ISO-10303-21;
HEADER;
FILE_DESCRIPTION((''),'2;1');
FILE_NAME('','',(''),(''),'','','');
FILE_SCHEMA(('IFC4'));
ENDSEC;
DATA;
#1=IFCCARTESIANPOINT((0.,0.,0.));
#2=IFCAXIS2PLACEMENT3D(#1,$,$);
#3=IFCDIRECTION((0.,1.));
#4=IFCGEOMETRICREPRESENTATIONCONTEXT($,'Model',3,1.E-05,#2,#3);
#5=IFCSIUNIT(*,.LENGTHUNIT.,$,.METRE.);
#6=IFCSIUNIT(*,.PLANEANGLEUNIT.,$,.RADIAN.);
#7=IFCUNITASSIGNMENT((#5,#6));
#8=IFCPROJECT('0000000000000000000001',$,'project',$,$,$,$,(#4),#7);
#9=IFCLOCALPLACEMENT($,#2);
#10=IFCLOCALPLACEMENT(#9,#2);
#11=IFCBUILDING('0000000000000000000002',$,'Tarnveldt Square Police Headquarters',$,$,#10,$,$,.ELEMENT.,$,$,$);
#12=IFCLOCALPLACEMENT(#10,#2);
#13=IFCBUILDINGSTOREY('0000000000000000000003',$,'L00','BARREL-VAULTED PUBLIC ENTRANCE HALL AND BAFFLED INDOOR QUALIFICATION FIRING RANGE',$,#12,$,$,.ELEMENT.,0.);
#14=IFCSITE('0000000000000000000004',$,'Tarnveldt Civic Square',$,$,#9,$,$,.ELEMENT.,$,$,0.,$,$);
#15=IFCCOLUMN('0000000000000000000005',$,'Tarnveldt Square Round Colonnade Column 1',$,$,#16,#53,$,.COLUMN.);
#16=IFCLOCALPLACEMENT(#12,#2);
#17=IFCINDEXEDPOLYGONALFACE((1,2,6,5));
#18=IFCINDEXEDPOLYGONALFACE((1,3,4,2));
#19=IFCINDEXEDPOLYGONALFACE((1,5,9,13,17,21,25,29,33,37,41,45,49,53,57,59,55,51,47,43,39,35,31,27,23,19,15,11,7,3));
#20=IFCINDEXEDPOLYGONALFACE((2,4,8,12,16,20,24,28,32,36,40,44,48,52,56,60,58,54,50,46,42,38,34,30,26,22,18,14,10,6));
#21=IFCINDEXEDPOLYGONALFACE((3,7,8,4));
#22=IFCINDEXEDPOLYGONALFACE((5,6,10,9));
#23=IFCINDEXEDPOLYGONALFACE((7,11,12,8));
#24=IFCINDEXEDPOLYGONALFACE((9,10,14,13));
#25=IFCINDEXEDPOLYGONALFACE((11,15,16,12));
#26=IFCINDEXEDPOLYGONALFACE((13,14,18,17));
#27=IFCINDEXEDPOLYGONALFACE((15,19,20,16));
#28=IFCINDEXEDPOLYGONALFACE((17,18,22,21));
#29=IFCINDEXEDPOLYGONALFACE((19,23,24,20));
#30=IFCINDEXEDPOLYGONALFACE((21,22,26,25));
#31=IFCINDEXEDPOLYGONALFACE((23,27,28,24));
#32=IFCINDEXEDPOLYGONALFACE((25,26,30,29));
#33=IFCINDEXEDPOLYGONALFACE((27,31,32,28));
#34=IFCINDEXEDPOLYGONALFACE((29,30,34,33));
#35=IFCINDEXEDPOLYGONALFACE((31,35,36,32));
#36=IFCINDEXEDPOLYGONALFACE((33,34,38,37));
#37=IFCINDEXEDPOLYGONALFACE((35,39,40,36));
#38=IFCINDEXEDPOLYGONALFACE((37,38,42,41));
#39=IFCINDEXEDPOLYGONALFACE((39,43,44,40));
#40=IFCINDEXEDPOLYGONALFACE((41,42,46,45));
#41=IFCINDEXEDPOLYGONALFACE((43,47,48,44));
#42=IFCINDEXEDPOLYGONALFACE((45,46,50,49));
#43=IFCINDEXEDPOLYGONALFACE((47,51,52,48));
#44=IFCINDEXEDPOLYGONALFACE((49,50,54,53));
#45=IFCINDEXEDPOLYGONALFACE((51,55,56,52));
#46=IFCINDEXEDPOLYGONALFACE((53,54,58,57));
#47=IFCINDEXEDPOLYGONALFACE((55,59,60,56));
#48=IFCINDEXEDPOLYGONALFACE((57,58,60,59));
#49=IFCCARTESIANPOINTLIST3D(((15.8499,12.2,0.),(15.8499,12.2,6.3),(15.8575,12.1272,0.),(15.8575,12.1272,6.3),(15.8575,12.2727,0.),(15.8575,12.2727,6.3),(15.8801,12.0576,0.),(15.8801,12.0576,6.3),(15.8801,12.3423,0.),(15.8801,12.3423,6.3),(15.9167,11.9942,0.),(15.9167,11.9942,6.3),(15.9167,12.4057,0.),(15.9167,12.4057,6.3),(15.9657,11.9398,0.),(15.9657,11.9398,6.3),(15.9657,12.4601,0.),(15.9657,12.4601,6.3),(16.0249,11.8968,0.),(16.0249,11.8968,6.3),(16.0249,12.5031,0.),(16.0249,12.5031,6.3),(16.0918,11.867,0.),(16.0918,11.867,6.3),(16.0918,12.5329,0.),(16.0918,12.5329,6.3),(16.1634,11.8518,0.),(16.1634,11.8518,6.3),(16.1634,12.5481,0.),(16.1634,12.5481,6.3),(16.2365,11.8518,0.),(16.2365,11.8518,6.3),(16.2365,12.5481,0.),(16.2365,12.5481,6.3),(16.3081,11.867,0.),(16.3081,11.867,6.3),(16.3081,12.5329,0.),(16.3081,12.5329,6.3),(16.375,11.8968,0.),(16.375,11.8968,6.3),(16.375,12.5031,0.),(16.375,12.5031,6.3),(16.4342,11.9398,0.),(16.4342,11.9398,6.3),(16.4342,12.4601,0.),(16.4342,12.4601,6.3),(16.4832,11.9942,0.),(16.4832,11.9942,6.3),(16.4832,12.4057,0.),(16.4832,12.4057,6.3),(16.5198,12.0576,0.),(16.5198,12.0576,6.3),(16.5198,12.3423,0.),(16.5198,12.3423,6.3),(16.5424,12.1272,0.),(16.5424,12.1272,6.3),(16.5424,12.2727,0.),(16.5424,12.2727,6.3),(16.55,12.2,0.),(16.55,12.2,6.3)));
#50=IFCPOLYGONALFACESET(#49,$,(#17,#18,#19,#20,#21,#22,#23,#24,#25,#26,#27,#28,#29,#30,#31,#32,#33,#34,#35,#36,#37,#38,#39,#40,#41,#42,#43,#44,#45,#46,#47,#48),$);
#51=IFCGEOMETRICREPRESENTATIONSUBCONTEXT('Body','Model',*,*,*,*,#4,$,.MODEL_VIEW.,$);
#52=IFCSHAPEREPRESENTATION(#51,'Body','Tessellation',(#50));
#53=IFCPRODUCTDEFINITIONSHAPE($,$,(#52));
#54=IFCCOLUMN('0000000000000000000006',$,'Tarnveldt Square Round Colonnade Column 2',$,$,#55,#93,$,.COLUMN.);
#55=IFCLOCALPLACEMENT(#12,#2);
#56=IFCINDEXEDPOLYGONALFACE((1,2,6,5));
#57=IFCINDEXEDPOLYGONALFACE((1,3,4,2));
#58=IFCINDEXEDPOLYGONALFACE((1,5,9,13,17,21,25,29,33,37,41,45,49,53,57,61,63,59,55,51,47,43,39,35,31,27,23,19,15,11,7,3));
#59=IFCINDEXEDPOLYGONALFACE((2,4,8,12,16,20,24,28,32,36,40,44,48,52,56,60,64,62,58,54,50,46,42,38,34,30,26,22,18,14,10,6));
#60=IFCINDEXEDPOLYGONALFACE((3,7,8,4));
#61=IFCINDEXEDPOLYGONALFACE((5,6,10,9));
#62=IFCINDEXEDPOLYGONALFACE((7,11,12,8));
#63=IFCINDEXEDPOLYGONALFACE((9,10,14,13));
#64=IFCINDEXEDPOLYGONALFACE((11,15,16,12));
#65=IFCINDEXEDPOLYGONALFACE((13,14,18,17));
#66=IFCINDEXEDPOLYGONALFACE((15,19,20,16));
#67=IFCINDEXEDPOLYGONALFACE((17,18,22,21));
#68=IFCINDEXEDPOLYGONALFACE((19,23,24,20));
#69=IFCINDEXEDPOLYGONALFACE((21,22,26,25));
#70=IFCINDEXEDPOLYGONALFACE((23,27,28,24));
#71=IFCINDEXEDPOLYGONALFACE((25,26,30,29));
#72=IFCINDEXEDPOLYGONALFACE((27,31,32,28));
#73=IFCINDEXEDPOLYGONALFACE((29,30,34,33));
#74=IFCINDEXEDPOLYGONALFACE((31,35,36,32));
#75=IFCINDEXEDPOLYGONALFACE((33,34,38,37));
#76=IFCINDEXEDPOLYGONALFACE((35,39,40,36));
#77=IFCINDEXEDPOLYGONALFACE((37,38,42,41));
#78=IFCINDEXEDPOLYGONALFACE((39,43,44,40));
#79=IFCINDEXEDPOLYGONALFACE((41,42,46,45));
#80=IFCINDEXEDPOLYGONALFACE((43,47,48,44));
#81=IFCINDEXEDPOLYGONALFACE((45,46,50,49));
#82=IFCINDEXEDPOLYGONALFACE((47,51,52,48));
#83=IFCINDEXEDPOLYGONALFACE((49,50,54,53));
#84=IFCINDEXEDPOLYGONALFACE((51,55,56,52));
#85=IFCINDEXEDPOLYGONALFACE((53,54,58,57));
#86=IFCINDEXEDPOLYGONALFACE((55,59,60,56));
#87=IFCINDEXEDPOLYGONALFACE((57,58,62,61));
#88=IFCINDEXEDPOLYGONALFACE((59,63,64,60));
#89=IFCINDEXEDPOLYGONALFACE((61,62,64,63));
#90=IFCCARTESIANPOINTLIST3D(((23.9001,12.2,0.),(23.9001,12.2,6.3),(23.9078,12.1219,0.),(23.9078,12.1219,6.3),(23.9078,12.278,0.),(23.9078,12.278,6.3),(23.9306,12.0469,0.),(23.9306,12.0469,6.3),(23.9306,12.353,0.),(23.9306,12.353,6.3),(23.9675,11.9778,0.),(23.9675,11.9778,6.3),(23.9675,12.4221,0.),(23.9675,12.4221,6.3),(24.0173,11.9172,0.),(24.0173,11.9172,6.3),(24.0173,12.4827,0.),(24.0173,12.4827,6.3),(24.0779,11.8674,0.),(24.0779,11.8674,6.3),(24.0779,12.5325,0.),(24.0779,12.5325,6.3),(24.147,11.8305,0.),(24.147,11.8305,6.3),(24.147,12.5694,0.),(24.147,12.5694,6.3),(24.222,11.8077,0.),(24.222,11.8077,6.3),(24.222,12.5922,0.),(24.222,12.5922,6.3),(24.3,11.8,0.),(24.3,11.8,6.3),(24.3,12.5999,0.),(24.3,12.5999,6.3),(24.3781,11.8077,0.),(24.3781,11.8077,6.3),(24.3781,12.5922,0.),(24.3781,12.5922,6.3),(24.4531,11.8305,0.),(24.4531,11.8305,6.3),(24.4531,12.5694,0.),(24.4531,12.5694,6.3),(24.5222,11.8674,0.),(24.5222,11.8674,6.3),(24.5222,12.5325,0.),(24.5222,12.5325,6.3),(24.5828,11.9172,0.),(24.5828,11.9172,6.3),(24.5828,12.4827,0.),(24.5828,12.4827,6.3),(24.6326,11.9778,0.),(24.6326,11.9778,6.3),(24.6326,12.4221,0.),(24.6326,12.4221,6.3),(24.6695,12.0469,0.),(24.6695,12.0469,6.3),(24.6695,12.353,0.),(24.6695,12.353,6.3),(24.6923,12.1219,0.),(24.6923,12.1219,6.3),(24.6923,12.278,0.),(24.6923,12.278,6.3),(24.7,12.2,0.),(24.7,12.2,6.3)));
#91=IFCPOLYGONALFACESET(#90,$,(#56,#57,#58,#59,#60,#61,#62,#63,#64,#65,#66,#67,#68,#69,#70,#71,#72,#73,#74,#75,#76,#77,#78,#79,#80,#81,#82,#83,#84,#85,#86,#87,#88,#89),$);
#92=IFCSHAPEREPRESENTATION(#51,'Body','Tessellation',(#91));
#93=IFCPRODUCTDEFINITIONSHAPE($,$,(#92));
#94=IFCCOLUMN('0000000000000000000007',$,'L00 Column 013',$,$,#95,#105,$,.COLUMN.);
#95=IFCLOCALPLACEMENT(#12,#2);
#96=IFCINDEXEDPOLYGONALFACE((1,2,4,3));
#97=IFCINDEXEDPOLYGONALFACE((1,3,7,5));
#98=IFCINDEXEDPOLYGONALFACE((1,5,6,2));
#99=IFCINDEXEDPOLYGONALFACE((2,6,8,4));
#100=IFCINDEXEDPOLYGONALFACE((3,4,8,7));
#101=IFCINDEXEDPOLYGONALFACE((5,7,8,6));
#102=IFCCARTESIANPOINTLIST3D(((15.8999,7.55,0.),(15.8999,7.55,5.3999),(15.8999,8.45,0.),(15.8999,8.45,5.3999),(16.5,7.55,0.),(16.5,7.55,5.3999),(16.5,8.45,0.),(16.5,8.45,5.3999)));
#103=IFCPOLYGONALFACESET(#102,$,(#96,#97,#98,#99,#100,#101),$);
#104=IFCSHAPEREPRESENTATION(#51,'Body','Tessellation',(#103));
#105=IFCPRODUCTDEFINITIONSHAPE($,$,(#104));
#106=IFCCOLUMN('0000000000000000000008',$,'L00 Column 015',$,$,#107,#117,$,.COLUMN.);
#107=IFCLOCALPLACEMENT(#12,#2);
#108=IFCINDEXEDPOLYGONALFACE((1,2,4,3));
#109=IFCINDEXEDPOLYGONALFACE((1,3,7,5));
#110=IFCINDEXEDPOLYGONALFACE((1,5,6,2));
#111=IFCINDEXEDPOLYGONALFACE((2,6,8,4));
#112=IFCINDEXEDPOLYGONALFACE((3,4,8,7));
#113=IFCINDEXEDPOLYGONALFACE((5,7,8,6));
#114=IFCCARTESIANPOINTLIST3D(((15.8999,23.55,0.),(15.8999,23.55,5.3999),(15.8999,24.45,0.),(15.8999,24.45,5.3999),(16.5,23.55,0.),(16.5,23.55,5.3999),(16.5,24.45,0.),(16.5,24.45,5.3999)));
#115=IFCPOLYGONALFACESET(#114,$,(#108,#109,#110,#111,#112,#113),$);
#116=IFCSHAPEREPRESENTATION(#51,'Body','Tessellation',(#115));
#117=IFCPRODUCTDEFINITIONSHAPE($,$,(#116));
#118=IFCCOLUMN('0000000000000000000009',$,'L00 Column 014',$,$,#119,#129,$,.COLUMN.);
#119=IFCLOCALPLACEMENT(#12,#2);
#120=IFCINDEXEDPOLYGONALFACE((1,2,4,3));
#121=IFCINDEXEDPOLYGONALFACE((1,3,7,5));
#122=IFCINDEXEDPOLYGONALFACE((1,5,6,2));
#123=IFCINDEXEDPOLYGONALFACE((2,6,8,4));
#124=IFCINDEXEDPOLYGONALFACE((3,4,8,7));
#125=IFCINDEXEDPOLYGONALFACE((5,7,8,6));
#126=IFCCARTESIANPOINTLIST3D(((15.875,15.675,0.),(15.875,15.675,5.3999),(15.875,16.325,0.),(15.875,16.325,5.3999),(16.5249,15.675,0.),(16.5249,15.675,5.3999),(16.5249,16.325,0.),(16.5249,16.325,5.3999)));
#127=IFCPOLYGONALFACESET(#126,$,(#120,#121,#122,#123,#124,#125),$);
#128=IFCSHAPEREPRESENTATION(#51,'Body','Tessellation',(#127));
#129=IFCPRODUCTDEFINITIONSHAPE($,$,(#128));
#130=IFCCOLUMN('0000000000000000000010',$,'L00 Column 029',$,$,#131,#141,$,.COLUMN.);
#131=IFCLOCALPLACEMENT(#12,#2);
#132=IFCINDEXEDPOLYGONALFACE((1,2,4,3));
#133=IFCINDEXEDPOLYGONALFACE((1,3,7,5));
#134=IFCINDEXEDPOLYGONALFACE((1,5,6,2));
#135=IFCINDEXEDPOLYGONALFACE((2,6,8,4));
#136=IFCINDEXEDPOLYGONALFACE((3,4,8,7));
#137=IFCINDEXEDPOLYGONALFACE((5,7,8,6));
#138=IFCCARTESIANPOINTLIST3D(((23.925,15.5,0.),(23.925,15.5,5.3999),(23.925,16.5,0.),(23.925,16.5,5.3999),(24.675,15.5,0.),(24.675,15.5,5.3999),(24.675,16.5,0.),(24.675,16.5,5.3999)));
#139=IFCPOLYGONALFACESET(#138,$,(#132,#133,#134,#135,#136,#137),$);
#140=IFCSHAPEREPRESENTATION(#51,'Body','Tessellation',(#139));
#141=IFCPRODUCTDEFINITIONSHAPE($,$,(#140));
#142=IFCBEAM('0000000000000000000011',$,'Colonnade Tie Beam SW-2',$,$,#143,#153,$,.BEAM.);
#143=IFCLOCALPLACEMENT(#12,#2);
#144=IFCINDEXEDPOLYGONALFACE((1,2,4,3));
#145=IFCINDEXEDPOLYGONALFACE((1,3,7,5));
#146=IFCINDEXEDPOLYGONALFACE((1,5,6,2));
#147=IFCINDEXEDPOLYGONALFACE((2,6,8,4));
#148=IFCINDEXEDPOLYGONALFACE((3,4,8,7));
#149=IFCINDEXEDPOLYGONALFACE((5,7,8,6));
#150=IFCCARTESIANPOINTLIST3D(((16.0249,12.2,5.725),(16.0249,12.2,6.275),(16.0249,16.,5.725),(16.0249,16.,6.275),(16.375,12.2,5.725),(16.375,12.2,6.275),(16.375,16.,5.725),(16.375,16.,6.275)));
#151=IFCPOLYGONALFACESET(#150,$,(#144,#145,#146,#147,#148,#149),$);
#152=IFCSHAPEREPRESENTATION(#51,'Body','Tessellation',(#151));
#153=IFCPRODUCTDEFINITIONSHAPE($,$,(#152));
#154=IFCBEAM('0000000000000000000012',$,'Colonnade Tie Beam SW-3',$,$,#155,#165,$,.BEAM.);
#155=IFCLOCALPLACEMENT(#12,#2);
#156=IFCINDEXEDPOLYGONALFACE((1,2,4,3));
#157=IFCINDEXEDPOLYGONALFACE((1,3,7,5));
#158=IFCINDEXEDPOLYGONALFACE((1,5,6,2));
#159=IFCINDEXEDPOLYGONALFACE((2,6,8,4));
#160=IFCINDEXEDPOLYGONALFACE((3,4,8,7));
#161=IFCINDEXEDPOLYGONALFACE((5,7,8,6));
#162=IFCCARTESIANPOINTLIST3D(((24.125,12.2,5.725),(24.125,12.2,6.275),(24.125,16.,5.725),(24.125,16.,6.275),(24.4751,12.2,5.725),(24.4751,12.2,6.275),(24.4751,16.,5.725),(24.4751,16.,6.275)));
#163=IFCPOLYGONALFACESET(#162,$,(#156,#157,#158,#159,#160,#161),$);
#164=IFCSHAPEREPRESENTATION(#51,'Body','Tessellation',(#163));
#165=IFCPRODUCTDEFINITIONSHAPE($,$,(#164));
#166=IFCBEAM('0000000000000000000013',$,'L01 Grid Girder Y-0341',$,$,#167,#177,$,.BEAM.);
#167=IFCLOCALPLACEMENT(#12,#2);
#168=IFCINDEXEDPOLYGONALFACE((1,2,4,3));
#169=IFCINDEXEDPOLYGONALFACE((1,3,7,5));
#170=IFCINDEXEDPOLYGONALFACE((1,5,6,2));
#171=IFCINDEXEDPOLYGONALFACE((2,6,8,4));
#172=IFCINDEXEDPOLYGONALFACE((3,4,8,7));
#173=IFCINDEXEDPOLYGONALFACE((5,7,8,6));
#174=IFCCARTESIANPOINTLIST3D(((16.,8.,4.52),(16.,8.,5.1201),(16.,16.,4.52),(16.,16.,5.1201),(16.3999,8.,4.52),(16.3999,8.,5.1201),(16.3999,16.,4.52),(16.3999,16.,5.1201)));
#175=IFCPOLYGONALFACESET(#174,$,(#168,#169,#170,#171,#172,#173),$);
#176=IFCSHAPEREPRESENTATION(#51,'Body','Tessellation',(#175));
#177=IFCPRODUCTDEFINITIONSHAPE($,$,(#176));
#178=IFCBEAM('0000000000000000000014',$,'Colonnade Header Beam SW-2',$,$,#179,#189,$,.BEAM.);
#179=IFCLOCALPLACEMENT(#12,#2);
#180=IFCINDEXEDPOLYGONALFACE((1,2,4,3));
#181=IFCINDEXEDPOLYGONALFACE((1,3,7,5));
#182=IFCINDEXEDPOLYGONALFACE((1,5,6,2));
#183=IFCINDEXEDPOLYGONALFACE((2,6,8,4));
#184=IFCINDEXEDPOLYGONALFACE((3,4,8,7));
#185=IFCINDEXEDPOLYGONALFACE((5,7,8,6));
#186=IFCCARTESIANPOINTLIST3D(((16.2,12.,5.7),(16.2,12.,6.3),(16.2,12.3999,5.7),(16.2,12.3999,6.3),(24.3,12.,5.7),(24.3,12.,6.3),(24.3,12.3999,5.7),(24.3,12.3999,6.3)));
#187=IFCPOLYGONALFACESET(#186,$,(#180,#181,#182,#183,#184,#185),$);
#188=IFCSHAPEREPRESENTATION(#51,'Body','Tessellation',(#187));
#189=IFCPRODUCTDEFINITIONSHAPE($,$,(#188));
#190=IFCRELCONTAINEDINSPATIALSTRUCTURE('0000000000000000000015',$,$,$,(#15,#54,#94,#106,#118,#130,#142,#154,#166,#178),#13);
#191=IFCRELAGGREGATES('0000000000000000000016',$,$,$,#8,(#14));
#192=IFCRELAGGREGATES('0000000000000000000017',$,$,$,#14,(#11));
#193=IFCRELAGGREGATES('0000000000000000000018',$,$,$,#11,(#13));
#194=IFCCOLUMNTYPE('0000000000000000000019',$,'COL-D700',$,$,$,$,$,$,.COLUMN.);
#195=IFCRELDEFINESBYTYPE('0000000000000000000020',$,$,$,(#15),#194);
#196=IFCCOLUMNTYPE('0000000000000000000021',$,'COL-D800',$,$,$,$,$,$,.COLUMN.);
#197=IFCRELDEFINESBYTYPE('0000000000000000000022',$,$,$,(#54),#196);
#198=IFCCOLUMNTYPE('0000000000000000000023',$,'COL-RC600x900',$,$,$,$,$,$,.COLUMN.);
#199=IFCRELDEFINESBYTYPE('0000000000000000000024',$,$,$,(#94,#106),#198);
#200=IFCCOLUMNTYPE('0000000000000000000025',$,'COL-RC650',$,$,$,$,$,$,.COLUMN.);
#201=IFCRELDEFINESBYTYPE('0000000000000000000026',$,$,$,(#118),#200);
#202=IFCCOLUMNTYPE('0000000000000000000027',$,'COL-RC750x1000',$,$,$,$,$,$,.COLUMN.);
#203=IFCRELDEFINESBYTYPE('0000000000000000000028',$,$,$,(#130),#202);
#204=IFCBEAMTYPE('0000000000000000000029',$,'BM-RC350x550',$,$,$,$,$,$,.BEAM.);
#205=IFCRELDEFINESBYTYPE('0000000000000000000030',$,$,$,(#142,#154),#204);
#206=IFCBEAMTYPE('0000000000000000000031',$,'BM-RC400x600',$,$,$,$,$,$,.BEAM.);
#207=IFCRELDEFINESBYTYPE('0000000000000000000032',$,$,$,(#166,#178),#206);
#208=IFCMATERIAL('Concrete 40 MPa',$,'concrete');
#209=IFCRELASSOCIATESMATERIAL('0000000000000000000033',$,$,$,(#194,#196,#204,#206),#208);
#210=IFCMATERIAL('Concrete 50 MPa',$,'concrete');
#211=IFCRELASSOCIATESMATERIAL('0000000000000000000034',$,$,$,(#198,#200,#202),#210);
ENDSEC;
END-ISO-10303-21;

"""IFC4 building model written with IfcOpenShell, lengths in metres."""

from ifc_helpers import new_model, si_unit, direction, frame, origin, origin_2d, place, context, subcontext, project, spatial, rectangle, circle, extrude, material, material_profile, profile_set, type_object, element, save


model = new_model("IFC4")

# Units and contexts
model_context = context("Model", 3, precision=1e-05, world=origin(), true_north=direction((0.0, 1.0)))
body_context = subcontext(model_context, "Body", "Model", "MODEL_VIEW")
ifc_project = project(units=[si_unit("LENGTHUNIT", "METRE"), si_unit("PLANEANGLEUNIT", "RADIAN")], contexts=[model_context])

# Site, building, storey
site_placement = place(None, origin())
site = spatial("IfcSite", under=ifc_project, at=site_placement, Name="Tarnveldt Civic Square", CompositionType="ELEMENT", RefElevation=0.0)
building_placement = place(site_placement, origin())
building = spatial("IfcBuilding", under=site, at=building_placement, Name="Tarnveldt Square Police Headquarters", CompositionType="ELEMENT")
storey_placement = place(building_placement, origin())
storey = spatial("IfcBuildingStorey", under=building, at=storey_placement, Name="L00", Description="BARREL-VAULTED PUBLIC ENTRANCE HALL AND BAFFLED INDOOR QUALIFICATION FIRING RANGE", CompositionType="ELEMENT", Elevation=0.0)

# Columns
ifc_material_1 = material(Name="Concrete 40 MPa", Category="concrete")
ifc_material_profile_1 = material_profile(ifc_material_1, circle(Radius=0.3501, at=origin_2d()), Name="RC-D700")
ifc_profile_set_1 = profile_set([ifc_material_profile_1], Name="Concrete 40 MPa")
column_type_1 = type_object("IfcColumnType", Name="COL-D700", PredefinedType="COLUMN", material=ifc_profile_set_1)
column_1_placement = place(storey_placement, frame((16.2, 12.2, 0.0), z_axis=(0.0, 0.0, 1.0), x_axis=(1.0, 0.0, 0.0)))
element("IfcColumn", 1, at=column_1_placement, inside=storey, type_object=column_type_1, Name="Tarnveldt Square Round Colonnade Column 1", PredefinedType="COLUMN", context=body_context, shape_type="SweptSolid", body=[
    extrude(circle(Radius=0.3501, at=origin_2d()), origin(), (0.0, 0.0, 1.0), 6.3),
])
ifc_material_profile_2 = material_profile(ifc_material_1, circle(Radius=0.3999, at=origin_2d()), Name="RC-D800")
ifc_profile_set_2 = profile_set([ifc_material_profile_2], Name="Concrete 40 MPa")
column_type_2 = type_object("IfcColumnType", Name="COL-D800", PredefinedType="COLUMN", material=ifc_profile_set_2)
column_2_placement = place(storey_placement, frame((24.3, 12.2, 0.0), z_axis=(0.0, 0.0, 1.0), x_axis=(1.0, 0.0, 0.0)))
element("IfcColumn", 2, at=column_2_placement, inside=storey, type_object=column_type_2, Name="Tarnveldt Square Round Colonnade Column 2", PredefinedType="COLUMN", context=body_context, shape_type="SweptSolid", body=[
    extrude(circle(Radius=0.3999, at=origin_2d()), origin(), (0.0, 0.0, 1.0), 6.3),
])
ifc_material_2 = material(Name="Concrete 50 MPa", Category="concrete")
ifc_material_profile_3 = material_profile(ifc_material_2, rectangle(XDim=0.6001, YDim=0.8999, at=origin_2d()), Name="RC-C600x900")
ifc_profile_set_3 = profile_set([ifc_material_profile_3], Name="Concrete 50 MPa")
column_type_3 = type_object("IfcColumnType", Name="COL-RC600x900", PredefinedType="COLUMN", material=ifc_profile_set_3)
for number, where, z_axis, x_axis, name in (
    (3, (16.2, 8.0, 0.0), (0.0, 0.0, 1.0), (1.0, 0.0, 0.0), "L00 Column 013"),
    (4, (16.2, 24.0, 0.0), (0.0, 0.0, 1.0), (1.0, 0.0, 0.0), "L00 Column 015"),
):
    element("IfcColumn", number, at=place(storey_placement, frame(where, z_axis=z_axis, x_axis=x_axis)), inside=storey, type_object=column_type_3, Name=name, PredefinedType="COLUMN", context=body_context, shape_type="SweptSolid", body=[
        extrude(rectangle(XDim=0.6001, YDim=0.8999, at=origin_2d()), origin(), (0.0, 0.0, 1.0), 5.3999),
    ])
ifc_material_profile_4 = material_profile(ifc_material_2, rectangle(XDim=0.6499, YDim=0.6499, at=origin_2d()), Name="RC-C650x650")
ifc_profile_set_4 = profile_set([ifc_material_profile_4], Name="Concrete 50 MPa")
column_type_4 = type_object("IfcColumnType", Name="COL-RC650", PredefinedType="COLUMN", material=ifc_profile_set_4)
column_3_placement = place(storey_placement, frame((16.2, 16.0, 0.0), z_axis=(0.0, 0.0, 1.0), x_axis=(1.0, 0.0, 0.0)))
element("IfcColumn", 5, at=column_3_placement, inside=storey, type_object=column_type_4, Name="L00 Column 014", PredefinedType="COLUMN", context=body_context, shape_type="SweptSolid", body=[
    extrude(rectangle(XDim=0.6499, YDim=0.6499, at=origin_2d()), origin(), (0.0, 0.0, 1.0), 5.3999),
])
ifc_material_profile_5 = material_profile(ifc_material_2, rectangle(XDim=0.75, YDim=1.0, at=origin_2d()), Name="RC-C750x1000")
ifc_profile_set_5 = profile_set([ifc_material_profile_5], Name="Concrete 50 MPa")
column_type_5 = type_object("IfcColumnType", Name="COL-RC750x1000", PredefinedType="COLUMN", material=ifc_profile_set_5)
column_4_placement = place(storey_placement, frame((24.3, 16.0, 0.0), z_axis=(0.0, 0.0, 1.0), x_axis=(1.0, 0.0, 0.0)))
element("IfcColumn", 6, at=column_4_placement, inside=storey, type_object=column_type_5, Name="L00 Column 029", PredefinedType="COLUMN", context=body_context, shape_type="SweptSolid", body=[
    extrude(rectangle(XDim=0.75, YDim=1.0, at=origin_2d()), origin(), (0.0, 0.0, 1.0), 5.3999),
])

# Beams
ifc_material_profile_6 = material_profile(ifc_material_1, rectangle(XDim=0.3501, YDim=0.55, at=origin_2d()), Name="RC-B350x550")
ifc_profile_set_6 = profile_set([ifc_material_profile_6], Name="Concrete 40 MPa")
beam_type_1 = type_object("IfcBeamType", Name="BM-RC350x550", PredefinedType="BEAM", material=ifc_profile_set_6)
for number, where, z_axis, x_axis, name in (
    (7, (16.2, 12.2, 6.0), (0.0, 1.0, 0.0), (-1.0, 0.0, 0.0), "Colonnade Tie Beam SW-2"),
    (8, (24.3, 12.2, 6.0), (0.0, 1.0, 0.0), (-1.0, 0.0, 0.0), "Colonnade Tie Beam SW-3"),
):
    element("IfcBeam", number, at=place(storey_placement, frame(where, z_axis=z_axis, x_axis=x_axis)), inside=storey, type_object=beam_type_1, Name=name, PredefinedType="BEAM", context=body_context, shape_type="SweptSolid", body=[
        extrude(rectangle(XDim=0.3501, YDim=0.55, at=origin_2d()), origin(), (0.0, 0.0, 1.0), 3.8),
    ])
ifc_material_profile_7 = material_profile(ifc_material_1, rectangle(XDim=0.3999, YDim=0.6001, at=origin_2d()), Name="RC-B400x600")
ifc_profile_set_7 = profile_set([ifc_material_profile_7], Name="Concrete 40 MPa")
beam_type_2 = type_object("IfcBeamType", Name="BM-RC400x600", PredefinedType="BEAM", material=ifc_profile_set_7)
beam_1_placement = place(storey_placement, frame((16.2, 8.0, 4.8201), z_axis=(0.0, 1.0, 0.0), x_axis=(-1.0, 0.0, 0.0)))
element("IfcBeam", 9, at=beam_1_placement, inside=storey, type_object=beam_type_2, Name="L01 Grid Girder Y-0341", PredefinedType="BEAM", context=body_context, shape_type="SweptSolid", body=[
    extrude(rectangle(XDim=0.3999, YDim=0.6001, at=origin_2d()), origin(), (0.0, 0.0, 1.0), 8.0),
])
beam_2_placement = place(storey_placement, frame((16.2, 12.2, 6.0), z_axis=(1.0, 0.0, 0.0), x_axis=(0.0, 1.0, 0.0)))
element("IfcBeam", 10, at=beam_2_placement, inside=storey, type_object=beam_type_2, Name="Colonnade Header Beam SW-2", PredefinedType="BEAM", context=body_context, shape_type="SweptSolid", body=[
    extrude(rectangle(XDim=0.3999, YDim=0.6001, at=origin_2d()), origin(), (0.0, 0.0, 1.0), 8.1001),
])

save(model, "model.ifc")
